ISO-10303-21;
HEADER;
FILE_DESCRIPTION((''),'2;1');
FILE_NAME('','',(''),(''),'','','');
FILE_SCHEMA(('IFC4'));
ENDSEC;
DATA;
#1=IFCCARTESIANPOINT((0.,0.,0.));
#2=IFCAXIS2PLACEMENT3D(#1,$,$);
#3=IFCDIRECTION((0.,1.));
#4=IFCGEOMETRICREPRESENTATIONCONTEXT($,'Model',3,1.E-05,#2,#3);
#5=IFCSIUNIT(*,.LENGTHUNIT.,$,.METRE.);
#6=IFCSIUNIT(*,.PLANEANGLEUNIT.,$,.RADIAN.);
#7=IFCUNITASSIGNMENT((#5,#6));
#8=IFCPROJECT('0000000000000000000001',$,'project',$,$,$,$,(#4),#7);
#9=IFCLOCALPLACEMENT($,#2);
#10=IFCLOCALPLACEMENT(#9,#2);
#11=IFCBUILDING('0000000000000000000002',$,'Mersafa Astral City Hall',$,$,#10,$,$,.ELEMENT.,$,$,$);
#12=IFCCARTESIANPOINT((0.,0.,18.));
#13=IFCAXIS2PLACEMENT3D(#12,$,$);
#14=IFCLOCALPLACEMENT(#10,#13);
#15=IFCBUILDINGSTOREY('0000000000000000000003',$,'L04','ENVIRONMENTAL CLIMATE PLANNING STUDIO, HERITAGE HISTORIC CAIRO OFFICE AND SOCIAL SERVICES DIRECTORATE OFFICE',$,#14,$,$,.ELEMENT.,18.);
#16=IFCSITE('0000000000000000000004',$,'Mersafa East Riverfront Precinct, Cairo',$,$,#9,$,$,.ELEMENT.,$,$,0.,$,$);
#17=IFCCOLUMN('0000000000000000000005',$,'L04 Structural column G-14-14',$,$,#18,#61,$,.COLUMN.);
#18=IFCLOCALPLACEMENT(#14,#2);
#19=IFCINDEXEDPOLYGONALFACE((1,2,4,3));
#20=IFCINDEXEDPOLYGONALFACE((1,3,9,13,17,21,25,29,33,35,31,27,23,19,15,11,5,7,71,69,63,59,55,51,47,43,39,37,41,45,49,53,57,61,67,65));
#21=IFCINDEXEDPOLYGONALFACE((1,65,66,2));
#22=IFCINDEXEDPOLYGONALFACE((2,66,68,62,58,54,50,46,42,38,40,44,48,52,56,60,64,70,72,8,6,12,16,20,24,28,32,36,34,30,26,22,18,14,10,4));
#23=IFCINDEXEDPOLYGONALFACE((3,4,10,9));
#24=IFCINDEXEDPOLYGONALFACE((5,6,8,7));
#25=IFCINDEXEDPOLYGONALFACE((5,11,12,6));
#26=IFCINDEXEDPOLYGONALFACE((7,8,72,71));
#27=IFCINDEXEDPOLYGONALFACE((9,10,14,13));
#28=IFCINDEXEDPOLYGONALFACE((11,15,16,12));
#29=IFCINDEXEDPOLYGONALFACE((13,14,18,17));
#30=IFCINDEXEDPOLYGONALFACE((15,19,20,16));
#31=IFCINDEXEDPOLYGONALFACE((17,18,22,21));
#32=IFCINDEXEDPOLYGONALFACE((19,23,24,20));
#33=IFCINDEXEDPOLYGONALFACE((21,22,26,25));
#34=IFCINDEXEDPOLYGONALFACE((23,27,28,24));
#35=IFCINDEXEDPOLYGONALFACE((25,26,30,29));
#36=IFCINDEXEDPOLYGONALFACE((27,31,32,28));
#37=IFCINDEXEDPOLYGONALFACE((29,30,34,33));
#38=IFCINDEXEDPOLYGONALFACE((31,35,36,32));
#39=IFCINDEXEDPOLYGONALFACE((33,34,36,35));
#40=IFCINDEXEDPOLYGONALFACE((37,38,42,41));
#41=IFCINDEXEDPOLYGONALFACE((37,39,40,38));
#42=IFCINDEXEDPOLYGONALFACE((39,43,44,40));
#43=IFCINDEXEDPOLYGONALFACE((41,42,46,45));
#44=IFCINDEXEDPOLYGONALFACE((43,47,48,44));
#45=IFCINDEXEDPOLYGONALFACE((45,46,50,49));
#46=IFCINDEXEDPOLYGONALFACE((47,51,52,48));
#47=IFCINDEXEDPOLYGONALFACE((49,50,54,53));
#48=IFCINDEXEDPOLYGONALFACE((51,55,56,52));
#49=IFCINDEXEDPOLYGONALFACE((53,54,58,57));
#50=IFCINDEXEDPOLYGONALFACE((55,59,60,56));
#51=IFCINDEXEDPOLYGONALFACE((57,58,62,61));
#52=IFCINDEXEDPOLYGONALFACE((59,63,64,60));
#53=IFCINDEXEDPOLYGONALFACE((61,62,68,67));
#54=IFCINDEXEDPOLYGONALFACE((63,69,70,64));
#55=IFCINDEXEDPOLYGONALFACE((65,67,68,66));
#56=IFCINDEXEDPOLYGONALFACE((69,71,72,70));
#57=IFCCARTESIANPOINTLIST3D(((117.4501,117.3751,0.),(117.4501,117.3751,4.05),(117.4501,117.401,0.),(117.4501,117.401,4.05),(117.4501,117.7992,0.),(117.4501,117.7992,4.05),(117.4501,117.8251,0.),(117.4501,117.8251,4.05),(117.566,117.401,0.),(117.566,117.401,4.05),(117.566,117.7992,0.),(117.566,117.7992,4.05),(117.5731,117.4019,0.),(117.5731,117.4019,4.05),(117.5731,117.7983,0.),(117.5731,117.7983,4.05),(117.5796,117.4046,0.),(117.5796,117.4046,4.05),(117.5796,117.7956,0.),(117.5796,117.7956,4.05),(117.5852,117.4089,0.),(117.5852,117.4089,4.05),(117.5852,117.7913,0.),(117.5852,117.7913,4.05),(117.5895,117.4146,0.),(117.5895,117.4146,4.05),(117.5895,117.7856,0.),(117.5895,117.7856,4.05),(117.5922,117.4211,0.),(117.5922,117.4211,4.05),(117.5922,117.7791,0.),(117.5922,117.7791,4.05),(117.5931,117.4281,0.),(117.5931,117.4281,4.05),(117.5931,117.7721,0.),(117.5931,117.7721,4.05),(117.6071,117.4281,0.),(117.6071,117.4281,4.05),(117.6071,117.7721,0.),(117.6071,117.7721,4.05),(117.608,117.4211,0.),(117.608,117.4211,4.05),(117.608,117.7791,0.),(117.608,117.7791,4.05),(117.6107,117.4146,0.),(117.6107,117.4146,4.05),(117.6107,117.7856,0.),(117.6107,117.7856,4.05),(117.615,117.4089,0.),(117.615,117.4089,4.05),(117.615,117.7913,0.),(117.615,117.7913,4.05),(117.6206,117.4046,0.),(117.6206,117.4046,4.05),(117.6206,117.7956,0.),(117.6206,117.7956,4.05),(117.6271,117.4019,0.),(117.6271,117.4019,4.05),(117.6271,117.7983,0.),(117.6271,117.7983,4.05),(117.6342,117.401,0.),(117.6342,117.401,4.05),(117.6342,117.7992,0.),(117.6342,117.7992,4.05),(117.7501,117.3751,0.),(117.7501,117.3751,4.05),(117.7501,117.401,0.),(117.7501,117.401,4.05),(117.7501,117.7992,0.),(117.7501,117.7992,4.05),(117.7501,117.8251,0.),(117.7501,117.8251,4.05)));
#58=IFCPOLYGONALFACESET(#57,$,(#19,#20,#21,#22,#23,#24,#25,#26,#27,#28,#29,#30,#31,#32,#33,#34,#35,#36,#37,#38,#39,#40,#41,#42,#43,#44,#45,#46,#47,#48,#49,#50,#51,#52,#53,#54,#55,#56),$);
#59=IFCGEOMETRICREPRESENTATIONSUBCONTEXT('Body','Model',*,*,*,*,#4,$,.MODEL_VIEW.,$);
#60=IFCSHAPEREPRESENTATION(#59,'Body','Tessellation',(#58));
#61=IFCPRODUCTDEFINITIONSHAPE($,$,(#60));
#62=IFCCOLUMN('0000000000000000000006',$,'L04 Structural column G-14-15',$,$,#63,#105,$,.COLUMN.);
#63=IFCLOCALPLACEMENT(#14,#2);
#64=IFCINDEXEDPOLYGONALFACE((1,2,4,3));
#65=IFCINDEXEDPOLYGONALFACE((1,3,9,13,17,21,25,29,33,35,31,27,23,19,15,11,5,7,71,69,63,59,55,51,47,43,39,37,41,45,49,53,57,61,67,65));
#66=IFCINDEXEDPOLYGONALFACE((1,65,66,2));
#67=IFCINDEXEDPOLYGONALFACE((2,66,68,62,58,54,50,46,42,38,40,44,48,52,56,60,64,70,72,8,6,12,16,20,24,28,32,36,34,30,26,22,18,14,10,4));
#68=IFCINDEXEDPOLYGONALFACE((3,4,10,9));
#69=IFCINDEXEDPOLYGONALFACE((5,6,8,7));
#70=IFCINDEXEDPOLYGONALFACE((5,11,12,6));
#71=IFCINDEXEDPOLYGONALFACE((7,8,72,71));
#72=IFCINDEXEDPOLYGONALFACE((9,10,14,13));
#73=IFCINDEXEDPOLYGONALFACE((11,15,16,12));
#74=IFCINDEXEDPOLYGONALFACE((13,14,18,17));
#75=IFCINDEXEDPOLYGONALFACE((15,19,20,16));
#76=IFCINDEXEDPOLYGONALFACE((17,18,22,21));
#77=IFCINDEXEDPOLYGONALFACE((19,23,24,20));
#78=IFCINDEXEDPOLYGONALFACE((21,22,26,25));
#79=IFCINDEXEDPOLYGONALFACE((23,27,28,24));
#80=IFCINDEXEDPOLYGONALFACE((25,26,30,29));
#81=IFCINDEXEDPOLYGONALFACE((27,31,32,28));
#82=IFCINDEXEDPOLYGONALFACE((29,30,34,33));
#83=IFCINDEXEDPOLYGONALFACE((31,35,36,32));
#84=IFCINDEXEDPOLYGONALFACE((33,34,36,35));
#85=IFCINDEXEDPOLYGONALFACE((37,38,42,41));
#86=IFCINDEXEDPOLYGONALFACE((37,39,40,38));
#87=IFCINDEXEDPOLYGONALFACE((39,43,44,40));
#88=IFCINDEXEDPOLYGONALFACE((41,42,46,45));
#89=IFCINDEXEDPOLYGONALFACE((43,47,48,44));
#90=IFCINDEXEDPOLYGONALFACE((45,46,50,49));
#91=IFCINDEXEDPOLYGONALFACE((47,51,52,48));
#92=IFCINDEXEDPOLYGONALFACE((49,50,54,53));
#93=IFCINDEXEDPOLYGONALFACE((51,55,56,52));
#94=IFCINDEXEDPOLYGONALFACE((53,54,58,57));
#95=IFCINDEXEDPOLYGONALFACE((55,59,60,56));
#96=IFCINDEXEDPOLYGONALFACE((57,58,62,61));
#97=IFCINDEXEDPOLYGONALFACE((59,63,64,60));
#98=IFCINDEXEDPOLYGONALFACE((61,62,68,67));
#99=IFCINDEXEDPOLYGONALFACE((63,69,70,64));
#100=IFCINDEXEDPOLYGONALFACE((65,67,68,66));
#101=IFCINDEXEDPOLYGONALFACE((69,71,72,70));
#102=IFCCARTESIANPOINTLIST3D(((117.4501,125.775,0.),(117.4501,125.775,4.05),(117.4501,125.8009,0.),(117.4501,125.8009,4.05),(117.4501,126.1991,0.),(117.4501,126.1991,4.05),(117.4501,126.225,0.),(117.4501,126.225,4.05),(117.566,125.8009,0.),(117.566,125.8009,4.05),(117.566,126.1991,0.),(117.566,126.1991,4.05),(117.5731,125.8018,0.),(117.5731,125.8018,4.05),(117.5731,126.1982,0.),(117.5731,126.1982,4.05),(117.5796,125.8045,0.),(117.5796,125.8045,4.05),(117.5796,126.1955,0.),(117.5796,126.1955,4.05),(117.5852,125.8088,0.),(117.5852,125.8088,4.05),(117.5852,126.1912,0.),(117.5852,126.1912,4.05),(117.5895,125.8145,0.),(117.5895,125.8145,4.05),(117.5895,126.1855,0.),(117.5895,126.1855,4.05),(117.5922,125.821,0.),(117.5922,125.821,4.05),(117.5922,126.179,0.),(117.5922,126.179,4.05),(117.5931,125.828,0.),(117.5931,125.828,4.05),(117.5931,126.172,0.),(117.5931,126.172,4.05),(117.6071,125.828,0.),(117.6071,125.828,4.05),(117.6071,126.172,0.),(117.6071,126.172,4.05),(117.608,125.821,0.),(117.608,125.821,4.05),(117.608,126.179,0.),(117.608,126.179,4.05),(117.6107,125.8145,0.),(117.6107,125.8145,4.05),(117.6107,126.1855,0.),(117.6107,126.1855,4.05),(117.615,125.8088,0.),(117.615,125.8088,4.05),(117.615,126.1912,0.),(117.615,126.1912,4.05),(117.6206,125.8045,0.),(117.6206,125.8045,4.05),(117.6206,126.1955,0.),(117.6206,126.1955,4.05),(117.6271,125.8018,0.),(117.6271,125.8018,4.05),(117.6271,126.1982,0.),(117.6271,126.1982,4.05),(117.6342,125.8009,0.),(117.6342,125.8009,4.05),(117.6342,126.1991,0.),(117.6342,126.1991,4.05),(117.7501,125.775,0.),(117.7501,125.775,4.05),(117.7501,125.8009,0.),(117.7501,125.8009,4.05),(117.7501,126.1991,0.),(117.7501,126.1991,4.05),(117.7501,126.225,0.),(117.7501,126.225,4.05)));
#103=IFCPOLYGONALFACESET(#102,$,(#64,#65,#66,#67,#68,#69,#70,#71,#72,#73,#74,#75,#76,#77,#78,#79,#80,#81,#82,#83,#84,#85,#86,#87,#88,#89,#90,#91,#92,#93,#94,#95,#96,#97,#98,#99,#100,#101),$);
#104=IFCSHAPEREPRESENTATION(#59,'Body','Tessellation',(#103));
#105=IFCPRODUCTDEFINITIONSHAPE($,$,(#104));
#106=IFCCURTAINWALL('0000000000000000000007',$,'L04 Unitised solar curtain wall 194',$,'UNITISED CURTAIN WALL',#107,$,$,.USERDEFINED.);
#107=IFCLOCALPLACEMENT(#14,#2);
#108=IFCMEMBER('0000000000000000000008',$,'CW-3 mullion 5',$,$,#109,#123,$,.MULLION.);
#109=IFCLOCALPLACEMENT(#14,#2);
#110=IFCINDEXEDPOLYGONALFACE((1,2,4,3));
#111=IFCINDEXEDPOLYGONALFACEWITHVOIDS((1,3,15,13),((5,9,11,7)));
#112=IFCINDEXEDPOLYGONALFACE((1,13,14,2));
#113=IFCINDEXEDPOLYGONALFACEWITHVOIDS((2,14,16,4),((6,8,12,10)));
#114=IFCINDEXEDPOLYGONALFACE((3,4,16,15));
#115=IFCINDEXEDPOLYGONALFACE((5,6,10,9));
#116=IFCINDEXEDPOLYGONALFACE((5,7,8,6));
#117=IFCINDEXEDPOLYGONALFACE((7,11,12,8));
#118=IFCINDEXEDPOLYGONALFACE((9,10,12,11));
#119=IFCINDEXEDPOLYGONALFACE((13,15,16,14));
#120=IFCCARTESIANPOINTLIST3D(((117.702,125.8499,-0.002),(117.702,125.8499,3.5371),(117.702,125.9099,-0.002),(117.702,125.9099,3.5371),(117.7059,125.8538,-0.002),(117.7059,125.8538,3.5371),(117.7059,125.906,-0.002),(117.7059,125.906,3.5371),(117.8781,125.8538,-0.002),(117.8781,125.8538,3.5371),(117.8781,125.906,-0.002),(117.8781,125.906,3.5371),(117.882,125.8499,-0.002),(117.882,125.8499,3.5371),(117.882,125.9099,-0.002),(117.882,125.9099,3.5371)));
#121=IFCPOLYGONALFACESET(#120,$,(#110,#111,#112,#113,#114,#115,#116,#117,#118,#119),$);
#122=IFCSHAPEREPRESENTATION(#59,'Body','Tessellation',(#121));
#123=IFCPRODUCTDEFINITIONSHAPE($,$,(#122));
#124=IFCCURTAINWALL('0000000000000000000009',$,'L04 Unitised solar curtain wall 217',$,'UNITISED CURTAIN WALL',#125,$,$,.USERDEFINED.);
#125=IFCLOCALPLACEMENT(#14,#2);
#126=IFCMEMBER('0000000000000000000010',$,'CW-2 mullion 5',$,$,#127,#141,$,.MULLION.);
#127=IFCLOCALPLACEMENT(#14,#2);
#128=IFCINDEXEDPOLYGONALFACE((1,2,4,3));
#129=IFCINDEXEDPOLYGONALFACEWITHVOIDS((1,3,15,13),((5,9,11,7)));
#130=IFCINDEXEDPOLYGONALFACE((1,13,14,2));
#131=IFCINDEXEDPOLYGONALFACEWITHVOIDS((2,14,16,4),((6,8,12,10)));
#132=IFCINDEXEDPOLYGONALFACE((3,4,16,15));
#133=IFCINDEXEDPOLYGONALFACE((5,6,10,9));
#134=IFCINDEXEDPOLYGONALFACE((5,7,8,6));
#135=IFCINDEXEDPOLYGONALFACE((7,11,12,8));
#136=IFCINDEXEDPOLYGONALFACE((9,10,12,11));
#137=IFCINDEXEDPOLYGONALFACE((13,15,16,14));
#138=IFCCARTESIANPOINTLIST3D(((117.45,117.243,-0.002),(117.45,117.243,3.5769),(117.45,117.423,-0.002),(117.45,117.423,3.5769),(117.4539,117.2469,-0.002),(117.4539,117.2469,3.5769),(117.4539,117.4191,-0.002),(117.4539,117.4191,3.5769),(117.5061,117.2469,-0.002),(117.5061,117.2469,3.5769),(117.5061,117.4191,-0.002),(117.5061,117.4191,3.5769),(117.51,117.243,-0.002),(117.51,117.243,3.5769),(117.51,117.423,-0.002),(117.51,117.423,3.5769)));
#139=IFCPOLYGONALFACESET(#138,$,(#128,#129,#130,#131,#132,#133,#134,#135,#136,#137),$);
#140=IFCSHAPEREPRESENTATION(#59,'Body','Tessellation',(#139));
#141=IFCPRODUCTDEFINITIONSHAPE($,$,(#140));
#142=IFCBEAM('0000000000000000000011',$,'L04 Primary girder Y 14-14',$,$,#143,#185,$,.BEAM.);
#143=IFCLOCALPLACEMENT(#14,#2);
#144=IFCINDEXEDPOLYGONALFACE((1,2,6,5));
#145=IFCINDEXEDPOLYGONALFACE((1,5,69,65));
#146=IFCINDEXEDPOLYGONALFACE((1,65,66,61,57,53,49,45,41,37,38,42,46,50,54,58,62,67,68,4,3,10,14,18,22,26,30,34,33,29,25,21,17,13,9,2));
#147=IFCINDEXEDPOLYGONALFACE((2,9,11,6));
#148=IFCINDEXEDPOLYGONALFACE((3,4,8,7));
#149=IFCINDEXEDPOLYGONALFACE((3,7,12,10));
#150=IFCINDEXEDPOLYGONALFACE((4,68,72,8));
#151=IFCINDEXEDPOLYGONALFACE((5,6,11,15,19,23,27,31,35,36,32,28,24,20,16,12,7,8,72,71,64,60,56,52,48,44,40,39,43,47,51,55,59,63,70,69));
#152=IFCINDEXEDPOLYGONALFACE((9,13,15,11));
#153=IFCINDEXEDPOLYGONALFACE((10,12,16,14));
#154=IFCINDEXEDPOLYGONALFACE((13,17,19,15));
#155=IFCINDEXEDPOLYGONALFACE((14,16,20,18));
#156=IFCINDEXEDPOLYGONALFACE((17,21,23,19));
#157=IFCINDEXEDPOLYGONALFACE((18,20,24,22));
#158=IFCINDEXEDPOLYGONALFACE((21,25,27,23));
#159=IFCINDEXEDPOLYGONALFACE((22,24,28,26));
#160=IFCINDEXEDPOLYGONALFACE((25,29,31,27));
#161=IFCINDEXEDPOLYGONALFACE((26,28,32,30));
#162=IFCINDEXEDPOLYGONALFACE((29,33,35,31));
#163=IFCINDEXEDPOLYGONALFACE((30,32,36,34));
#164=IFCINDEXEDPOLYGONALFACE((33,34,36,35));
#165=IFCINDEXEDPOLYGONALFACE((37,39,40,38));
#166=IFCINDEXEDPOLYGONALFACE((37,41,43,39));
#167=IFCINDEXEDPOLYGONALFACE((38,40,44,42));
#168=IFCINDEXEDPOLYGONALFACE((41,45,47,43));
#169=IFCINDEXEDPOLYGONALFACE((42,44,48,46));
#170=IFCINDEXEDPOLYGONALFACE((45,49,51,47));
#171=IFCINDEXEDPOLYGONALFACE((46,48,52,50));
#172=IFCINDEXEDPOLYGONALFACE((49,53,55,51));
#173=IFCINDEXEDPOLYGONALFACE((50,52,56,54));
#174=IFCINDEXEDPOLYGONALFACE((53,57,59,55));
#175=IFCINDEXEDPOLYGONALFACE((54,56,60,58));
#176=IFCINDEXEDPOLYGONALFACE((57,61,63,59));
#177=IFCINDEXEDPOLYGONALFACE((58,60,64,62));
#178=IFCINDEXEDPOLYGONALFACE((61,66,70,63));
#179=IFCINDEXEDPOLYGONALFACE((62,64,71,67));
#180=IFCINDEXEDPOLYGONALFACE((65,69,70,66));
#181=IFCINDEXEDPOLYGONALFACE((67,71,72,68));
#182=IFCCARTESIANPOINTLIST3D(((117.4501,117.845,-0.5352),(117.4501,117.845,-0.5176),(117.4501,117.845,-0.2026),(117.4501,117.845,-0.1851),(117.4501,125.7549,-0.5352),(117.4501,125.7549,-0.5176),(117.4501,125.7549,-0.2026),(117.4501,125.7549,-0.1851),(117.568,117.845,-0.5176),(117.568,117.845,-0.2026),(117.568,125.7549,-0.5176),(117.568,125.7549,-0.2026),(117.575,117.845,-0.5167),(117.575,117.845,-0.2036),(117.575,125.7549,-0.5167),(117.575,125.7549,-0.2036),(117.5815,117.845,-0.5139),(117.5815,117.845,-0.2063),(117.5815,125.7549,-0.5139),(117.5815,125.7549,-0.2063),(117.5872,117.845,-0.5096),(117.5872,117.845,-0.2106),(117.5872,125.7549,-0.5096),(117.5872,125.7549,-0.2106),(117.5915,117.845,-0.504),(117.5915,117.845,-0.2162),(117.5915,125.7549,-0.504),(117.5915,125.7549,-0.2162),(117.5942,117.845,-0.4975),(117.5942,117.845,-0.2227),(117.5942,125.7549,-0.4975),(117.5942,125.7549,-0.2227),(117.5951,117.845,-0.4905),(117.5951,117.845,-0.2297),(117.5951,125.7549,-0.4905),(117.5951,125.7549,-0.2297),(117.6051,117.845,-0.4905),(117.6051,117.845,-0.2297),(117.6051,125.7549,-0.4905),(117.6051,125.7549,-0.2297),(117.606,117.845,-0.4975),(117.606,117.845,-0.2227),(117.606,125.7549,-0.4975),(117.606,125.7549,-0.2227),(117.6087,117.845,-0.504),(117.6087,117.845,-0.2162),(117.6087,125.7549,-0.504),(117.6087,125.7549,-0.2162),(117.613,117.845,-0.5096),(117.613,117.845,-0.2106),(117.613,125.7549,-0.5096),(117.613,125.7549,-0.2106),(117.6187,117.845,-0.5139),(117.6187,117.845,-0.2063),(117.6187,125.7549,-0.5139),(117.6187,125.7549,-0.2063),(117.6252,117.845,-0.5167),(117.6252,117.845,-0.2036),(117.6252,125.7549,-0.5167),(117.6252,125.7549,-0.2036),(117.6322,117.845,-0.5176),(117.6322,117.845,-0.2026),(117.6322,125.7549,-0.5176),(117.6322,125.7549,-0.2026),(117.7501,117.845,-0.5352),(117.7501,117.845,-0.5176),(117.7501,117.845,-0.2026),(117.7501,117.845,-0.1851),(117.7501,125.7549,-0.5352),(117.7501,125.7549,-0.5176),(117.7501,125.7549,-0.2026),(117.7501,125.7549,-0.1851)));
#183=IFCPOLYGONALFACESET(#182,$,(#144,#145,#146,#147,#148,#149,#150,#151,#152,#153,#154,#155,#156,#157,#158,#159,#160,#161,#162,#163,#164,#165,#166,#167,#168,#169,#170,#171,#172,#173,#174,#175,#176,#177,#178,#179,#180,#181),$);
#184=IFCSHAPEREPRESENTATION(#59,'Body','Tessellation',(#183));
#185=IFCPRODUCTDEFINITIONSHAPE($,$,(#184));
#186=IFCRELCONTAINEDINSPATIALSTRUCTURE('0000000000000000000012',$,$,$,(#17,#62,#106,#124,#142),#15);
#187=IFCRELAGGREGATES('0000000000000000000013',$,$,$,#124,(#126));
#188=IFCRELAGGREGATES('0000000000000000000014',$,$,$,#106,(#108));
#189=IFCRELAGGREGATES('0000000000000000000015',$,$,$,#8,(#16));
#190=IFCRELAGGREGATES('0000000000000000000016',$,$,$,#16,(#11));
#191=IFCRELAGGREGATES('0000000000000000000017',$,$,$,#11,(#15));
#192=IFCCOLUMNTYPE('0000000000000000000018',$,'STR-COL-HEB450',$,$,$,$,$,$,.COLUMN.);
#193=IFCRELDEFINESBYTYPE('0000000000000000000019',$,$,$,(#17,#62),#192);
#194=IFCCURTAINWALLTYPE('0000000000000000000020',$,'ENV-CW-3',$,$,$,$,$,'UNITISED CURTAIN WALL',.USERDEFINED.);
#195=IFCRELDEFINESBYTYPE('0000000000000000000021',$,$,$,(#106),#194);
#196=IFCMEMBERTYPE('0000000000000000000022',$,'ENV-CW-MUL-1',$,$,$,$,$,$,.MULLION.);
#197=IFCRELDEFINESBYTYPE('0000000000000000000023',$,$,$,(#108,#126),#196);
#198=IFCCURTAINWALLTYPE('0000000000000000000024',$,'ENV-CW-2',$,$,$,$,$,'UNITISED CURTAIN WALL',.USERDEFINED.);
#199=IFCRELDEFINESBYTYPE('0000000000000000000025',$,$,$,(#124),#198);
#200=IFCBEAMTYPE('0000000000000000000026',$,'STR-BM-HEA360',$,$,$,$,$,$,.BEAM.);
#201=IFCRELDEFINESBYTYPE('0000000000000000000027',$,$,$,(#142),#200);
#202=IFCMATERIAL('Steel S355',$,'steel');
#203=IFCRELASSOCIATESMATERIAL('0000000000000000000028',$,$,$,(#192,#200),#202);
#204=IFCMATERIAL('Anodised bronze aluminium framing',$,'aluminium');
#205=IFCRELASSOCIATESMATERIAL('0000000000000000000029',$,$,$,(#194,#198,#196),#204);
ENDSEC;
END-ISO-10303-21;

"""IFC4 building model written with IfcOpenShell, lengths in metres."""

from ifc_helpers import new_model, si_unit, direction, frame, origin, origin_2d, place, context, subcontext, project, spatial, hollow_rectangle, i_section, extrude, material, material_profile, profile_set, type_object, element, aggregate, save


model = new_model("IFC4")

# Units and contexts
model_context = context("Model", 3, precision=1e-05, world=origin(), true_north=direction((0.0, 1.0)))
body_context = subcontext(model_context, "Body", "Model", "MODEL_VIEW")
ifc_project = project(units=[si_unit("LENGTHUNIT", "METRE"), si_unit("PLANEANGLEUNIT", "RADIAN")], contexts=[model_context])

# Site, building, storey
site_placement = place(None, origin())
site = spatial("IfcSite", under=ifc_project, at=site_placement, Name="Mersafa East Riverfront Precinct, Cairo", CompositionType="ELEMENT", RefElevation=0.0)
building_placement = place(site_placement, origin())
building = spatial("IfcBuilding", under=site, at=building_placement, Name="Mersafa Astral City Hall", CompositionType="ELEMENT")
storey_placement = place(building_placement, frame((0.0, 0.0, 18.0)))
storey = spatial("IfcBuildingStorey", under=building, at=storey_placement, Name="L04", Description="ENVIRONMENTAL CLIMATE PLANNING STUDIO, HERITAGE HISTORIC CAIRO OFFICE AND SOCIAL SERVICES DIRECTORATE OFFICE", CompositionType="ELEMENT", Elevation=18.0)

# Columns
ifc_material_1 = material(Name="Steel S355", Category="steel")
ifc_material_profile_1 = material_profile(ifc_material_1, i_section(OverallWidth=0.3, OverallDepth=0.45, WebThickness=0.0139, FlangeThickness=0.0259, FilletRadius=0.0271, at=origin_2d()), Name="HEB 450")
ifc_profile_set_1 = profile_set([ifc_material_profile_1], Name="Steel S355")
column_type = type_object("IfcColumnType", Name="STR-COL-HEB450", PredefinedType="COLUMN", material=ifc_profile_set_1)
for number, where, z_axis, x_axis, name in (
    (1, (117.6001, 117.6001, 0.0), (0.0, 0.0, 1.0), (1.0, 0.0, 0.0), "L04 Structural column G-14-14"),
    (2, (117.6001, 126.0, 0.0), (0.0, 0.0, 1.0), (1.0, 0.0, 0.0), "L04 Structural column G-14-15"),
):
    element("IfcColumn", number, at=place(storey_placement, frame(where, z_axis=z_axis, x_axis=x_axis)), inside=storey, type_object=column_type, Name=name, PredefinedType="COLUMN", context=body_context, shape_type="SweptSolid", body=[
        extrude(i_section(OverallWidth=0.3, OverallDepth=0.45, WebThickness=0.0139, FlangeThickness=0.0259, FilletRadius=0.0271, at=origin_2d()), origin(), (0.0, 0.0, 1.0), 4.05),
    ])

# Curtain walls, members
ifc_material_2 = material(Name="Anodised bronze aluminium framing", Category="aluminium")
curtain_wall_type_1 = type_object("IfcCurtainWallType", Name="ENV-CW-3", ElementType="UNITISED CURTAIN WALL", PredefinedType="USERDEFINED", material=ifc_material_2)
curtain_wall_1_placement = place(storey_placement, origin())
curtain_wall_1 = element("IfcCurtainWall", 3, at=curtain_wall_1_placement, inside=storey, type_object=curtain_wall_type_1, Name="L04 Unitised solar curtain wall 194", ObjectType="UNITISED CURTAIN WALL", PredefinedType="USERDEFINED")
ifc_material_profile_2 = material_profile(ifc_material_2, hollow_rectangle(XDim=0.0601, YDim=0.1799, WallThickness=0.0039, at=origin_2d()), Name="RHS 60x180x4")
ifc_profile_set_2 = profile_set([ifc_material_profile_2], Name="Anodised bronze aluminium framing")
member_type = type_object("IfcMemberType", Name="ENV-CW-MUL-1", PredefinedType="MULLION", material=ifc_profile_set_2)
member_1_placement = place(storey_placement, frame((117.792, 125.8799, -0.002), z_axis=(0.0, 0.0, 1.0), x_axis=(0.0, -1.0, 0.0)))
member_1 = element("IfcMember", 4, at=member_1_placement, type_object=member_type, Name="CW-3 mullion 5", PredefinedType="MULLION", context=body_context, shape_type="SweptSolid", body=[
    extrude(hollow_rectangle(XDim=0.0601, YDim=0.1799, WallThickness=0.0039, at=origin_2d()), origin(), (0.0, 0.0, 1.0), 3.5391),
])
curtain_wall_type_2 = type_object("IfcCurtainWallType", Name="ENV-CW-2", ElementType="UNITISED CURTAIN WALL", PredefinedType="USERDEFINED", material=ifc_material_2)
curtain_wall_2_placement = place(storey_placement, origin())
curtain_wall_2 = element("IfcCurtainWall", 5, at=curtain_wall_2_placement, inside=storey, type_object=curtain_wall_type_2, Name="L04 Unitised solar curtain wall 217", ObjectType="UNITISED CURTAIN WALL", PredefinedType="USERDEFINED")
member_2_placement = place(storey_placement, frame((117.48, 117.333, -0.002), z_axis=(0.0, 0.0, 1.0), x_axis=(-1.0, 0.0, 0.0)))
member_2 = element("IfcMember", 6, at=member_2_placement, type_object=member_type, Name="CW-2 mullion 5", PredefinedType="MULLION", context=body_context, shape_type="SweptSolid", body=[
    extrude(hollow_rectangle(XDim=0.0601, YDim=0.1799, WallThickness=0.0039, at=origin_2d()), origin(), (0.0, 0.0, 1.0), 3.5789),
])
aggregate(curtain_wall_2, [member_2])

# Beam
ifc_material_profile_3 = material_profile(ifc_material_1, i_section(OverallWidth=0.3, OverallDepth=0.3501, WebThickness=0.01, FlangeThickness=0.0176, FilletRadius=0.0271, at=origin_2d()), Name="HEA 360")
ifc_profile_set_3 = profile_set([ifc_material_profile_3], Name="Steel S355")
beam_type_1 = type_object("IfcBeamType", Name="STR-BM-HEA360", PredefinedType="BEAM", material=ifc_profile_set_3)
beam_1_placement = place(storey_placement, frame((117.6001, 117.845, -0.3601), z_axis=(0.0, 1.0, 0.0), x_axis=(-1.0, 0.0, 0.0)))
element("IfcBeam", 7, at=beam_1_placement, inside=storey, type_object=beam_type_1, Name="L04 Primary girder Y 14-14", PredefinedType="BEAM", context=body_context, shape_type="SweptSolid", body=[
    extrude(i_section(OverallWidth=0.3, OverallDepth=0.3501, WebThickness=0.01, FlangeThickness=0.0176, FilletRadius=0.0271, at=origin_2d()), origin(), (0.0, 0.0, 1.0), 7.9099),
])

aggregate(curtain_wall_1, [member_1])

save(model, "model.ifc")
